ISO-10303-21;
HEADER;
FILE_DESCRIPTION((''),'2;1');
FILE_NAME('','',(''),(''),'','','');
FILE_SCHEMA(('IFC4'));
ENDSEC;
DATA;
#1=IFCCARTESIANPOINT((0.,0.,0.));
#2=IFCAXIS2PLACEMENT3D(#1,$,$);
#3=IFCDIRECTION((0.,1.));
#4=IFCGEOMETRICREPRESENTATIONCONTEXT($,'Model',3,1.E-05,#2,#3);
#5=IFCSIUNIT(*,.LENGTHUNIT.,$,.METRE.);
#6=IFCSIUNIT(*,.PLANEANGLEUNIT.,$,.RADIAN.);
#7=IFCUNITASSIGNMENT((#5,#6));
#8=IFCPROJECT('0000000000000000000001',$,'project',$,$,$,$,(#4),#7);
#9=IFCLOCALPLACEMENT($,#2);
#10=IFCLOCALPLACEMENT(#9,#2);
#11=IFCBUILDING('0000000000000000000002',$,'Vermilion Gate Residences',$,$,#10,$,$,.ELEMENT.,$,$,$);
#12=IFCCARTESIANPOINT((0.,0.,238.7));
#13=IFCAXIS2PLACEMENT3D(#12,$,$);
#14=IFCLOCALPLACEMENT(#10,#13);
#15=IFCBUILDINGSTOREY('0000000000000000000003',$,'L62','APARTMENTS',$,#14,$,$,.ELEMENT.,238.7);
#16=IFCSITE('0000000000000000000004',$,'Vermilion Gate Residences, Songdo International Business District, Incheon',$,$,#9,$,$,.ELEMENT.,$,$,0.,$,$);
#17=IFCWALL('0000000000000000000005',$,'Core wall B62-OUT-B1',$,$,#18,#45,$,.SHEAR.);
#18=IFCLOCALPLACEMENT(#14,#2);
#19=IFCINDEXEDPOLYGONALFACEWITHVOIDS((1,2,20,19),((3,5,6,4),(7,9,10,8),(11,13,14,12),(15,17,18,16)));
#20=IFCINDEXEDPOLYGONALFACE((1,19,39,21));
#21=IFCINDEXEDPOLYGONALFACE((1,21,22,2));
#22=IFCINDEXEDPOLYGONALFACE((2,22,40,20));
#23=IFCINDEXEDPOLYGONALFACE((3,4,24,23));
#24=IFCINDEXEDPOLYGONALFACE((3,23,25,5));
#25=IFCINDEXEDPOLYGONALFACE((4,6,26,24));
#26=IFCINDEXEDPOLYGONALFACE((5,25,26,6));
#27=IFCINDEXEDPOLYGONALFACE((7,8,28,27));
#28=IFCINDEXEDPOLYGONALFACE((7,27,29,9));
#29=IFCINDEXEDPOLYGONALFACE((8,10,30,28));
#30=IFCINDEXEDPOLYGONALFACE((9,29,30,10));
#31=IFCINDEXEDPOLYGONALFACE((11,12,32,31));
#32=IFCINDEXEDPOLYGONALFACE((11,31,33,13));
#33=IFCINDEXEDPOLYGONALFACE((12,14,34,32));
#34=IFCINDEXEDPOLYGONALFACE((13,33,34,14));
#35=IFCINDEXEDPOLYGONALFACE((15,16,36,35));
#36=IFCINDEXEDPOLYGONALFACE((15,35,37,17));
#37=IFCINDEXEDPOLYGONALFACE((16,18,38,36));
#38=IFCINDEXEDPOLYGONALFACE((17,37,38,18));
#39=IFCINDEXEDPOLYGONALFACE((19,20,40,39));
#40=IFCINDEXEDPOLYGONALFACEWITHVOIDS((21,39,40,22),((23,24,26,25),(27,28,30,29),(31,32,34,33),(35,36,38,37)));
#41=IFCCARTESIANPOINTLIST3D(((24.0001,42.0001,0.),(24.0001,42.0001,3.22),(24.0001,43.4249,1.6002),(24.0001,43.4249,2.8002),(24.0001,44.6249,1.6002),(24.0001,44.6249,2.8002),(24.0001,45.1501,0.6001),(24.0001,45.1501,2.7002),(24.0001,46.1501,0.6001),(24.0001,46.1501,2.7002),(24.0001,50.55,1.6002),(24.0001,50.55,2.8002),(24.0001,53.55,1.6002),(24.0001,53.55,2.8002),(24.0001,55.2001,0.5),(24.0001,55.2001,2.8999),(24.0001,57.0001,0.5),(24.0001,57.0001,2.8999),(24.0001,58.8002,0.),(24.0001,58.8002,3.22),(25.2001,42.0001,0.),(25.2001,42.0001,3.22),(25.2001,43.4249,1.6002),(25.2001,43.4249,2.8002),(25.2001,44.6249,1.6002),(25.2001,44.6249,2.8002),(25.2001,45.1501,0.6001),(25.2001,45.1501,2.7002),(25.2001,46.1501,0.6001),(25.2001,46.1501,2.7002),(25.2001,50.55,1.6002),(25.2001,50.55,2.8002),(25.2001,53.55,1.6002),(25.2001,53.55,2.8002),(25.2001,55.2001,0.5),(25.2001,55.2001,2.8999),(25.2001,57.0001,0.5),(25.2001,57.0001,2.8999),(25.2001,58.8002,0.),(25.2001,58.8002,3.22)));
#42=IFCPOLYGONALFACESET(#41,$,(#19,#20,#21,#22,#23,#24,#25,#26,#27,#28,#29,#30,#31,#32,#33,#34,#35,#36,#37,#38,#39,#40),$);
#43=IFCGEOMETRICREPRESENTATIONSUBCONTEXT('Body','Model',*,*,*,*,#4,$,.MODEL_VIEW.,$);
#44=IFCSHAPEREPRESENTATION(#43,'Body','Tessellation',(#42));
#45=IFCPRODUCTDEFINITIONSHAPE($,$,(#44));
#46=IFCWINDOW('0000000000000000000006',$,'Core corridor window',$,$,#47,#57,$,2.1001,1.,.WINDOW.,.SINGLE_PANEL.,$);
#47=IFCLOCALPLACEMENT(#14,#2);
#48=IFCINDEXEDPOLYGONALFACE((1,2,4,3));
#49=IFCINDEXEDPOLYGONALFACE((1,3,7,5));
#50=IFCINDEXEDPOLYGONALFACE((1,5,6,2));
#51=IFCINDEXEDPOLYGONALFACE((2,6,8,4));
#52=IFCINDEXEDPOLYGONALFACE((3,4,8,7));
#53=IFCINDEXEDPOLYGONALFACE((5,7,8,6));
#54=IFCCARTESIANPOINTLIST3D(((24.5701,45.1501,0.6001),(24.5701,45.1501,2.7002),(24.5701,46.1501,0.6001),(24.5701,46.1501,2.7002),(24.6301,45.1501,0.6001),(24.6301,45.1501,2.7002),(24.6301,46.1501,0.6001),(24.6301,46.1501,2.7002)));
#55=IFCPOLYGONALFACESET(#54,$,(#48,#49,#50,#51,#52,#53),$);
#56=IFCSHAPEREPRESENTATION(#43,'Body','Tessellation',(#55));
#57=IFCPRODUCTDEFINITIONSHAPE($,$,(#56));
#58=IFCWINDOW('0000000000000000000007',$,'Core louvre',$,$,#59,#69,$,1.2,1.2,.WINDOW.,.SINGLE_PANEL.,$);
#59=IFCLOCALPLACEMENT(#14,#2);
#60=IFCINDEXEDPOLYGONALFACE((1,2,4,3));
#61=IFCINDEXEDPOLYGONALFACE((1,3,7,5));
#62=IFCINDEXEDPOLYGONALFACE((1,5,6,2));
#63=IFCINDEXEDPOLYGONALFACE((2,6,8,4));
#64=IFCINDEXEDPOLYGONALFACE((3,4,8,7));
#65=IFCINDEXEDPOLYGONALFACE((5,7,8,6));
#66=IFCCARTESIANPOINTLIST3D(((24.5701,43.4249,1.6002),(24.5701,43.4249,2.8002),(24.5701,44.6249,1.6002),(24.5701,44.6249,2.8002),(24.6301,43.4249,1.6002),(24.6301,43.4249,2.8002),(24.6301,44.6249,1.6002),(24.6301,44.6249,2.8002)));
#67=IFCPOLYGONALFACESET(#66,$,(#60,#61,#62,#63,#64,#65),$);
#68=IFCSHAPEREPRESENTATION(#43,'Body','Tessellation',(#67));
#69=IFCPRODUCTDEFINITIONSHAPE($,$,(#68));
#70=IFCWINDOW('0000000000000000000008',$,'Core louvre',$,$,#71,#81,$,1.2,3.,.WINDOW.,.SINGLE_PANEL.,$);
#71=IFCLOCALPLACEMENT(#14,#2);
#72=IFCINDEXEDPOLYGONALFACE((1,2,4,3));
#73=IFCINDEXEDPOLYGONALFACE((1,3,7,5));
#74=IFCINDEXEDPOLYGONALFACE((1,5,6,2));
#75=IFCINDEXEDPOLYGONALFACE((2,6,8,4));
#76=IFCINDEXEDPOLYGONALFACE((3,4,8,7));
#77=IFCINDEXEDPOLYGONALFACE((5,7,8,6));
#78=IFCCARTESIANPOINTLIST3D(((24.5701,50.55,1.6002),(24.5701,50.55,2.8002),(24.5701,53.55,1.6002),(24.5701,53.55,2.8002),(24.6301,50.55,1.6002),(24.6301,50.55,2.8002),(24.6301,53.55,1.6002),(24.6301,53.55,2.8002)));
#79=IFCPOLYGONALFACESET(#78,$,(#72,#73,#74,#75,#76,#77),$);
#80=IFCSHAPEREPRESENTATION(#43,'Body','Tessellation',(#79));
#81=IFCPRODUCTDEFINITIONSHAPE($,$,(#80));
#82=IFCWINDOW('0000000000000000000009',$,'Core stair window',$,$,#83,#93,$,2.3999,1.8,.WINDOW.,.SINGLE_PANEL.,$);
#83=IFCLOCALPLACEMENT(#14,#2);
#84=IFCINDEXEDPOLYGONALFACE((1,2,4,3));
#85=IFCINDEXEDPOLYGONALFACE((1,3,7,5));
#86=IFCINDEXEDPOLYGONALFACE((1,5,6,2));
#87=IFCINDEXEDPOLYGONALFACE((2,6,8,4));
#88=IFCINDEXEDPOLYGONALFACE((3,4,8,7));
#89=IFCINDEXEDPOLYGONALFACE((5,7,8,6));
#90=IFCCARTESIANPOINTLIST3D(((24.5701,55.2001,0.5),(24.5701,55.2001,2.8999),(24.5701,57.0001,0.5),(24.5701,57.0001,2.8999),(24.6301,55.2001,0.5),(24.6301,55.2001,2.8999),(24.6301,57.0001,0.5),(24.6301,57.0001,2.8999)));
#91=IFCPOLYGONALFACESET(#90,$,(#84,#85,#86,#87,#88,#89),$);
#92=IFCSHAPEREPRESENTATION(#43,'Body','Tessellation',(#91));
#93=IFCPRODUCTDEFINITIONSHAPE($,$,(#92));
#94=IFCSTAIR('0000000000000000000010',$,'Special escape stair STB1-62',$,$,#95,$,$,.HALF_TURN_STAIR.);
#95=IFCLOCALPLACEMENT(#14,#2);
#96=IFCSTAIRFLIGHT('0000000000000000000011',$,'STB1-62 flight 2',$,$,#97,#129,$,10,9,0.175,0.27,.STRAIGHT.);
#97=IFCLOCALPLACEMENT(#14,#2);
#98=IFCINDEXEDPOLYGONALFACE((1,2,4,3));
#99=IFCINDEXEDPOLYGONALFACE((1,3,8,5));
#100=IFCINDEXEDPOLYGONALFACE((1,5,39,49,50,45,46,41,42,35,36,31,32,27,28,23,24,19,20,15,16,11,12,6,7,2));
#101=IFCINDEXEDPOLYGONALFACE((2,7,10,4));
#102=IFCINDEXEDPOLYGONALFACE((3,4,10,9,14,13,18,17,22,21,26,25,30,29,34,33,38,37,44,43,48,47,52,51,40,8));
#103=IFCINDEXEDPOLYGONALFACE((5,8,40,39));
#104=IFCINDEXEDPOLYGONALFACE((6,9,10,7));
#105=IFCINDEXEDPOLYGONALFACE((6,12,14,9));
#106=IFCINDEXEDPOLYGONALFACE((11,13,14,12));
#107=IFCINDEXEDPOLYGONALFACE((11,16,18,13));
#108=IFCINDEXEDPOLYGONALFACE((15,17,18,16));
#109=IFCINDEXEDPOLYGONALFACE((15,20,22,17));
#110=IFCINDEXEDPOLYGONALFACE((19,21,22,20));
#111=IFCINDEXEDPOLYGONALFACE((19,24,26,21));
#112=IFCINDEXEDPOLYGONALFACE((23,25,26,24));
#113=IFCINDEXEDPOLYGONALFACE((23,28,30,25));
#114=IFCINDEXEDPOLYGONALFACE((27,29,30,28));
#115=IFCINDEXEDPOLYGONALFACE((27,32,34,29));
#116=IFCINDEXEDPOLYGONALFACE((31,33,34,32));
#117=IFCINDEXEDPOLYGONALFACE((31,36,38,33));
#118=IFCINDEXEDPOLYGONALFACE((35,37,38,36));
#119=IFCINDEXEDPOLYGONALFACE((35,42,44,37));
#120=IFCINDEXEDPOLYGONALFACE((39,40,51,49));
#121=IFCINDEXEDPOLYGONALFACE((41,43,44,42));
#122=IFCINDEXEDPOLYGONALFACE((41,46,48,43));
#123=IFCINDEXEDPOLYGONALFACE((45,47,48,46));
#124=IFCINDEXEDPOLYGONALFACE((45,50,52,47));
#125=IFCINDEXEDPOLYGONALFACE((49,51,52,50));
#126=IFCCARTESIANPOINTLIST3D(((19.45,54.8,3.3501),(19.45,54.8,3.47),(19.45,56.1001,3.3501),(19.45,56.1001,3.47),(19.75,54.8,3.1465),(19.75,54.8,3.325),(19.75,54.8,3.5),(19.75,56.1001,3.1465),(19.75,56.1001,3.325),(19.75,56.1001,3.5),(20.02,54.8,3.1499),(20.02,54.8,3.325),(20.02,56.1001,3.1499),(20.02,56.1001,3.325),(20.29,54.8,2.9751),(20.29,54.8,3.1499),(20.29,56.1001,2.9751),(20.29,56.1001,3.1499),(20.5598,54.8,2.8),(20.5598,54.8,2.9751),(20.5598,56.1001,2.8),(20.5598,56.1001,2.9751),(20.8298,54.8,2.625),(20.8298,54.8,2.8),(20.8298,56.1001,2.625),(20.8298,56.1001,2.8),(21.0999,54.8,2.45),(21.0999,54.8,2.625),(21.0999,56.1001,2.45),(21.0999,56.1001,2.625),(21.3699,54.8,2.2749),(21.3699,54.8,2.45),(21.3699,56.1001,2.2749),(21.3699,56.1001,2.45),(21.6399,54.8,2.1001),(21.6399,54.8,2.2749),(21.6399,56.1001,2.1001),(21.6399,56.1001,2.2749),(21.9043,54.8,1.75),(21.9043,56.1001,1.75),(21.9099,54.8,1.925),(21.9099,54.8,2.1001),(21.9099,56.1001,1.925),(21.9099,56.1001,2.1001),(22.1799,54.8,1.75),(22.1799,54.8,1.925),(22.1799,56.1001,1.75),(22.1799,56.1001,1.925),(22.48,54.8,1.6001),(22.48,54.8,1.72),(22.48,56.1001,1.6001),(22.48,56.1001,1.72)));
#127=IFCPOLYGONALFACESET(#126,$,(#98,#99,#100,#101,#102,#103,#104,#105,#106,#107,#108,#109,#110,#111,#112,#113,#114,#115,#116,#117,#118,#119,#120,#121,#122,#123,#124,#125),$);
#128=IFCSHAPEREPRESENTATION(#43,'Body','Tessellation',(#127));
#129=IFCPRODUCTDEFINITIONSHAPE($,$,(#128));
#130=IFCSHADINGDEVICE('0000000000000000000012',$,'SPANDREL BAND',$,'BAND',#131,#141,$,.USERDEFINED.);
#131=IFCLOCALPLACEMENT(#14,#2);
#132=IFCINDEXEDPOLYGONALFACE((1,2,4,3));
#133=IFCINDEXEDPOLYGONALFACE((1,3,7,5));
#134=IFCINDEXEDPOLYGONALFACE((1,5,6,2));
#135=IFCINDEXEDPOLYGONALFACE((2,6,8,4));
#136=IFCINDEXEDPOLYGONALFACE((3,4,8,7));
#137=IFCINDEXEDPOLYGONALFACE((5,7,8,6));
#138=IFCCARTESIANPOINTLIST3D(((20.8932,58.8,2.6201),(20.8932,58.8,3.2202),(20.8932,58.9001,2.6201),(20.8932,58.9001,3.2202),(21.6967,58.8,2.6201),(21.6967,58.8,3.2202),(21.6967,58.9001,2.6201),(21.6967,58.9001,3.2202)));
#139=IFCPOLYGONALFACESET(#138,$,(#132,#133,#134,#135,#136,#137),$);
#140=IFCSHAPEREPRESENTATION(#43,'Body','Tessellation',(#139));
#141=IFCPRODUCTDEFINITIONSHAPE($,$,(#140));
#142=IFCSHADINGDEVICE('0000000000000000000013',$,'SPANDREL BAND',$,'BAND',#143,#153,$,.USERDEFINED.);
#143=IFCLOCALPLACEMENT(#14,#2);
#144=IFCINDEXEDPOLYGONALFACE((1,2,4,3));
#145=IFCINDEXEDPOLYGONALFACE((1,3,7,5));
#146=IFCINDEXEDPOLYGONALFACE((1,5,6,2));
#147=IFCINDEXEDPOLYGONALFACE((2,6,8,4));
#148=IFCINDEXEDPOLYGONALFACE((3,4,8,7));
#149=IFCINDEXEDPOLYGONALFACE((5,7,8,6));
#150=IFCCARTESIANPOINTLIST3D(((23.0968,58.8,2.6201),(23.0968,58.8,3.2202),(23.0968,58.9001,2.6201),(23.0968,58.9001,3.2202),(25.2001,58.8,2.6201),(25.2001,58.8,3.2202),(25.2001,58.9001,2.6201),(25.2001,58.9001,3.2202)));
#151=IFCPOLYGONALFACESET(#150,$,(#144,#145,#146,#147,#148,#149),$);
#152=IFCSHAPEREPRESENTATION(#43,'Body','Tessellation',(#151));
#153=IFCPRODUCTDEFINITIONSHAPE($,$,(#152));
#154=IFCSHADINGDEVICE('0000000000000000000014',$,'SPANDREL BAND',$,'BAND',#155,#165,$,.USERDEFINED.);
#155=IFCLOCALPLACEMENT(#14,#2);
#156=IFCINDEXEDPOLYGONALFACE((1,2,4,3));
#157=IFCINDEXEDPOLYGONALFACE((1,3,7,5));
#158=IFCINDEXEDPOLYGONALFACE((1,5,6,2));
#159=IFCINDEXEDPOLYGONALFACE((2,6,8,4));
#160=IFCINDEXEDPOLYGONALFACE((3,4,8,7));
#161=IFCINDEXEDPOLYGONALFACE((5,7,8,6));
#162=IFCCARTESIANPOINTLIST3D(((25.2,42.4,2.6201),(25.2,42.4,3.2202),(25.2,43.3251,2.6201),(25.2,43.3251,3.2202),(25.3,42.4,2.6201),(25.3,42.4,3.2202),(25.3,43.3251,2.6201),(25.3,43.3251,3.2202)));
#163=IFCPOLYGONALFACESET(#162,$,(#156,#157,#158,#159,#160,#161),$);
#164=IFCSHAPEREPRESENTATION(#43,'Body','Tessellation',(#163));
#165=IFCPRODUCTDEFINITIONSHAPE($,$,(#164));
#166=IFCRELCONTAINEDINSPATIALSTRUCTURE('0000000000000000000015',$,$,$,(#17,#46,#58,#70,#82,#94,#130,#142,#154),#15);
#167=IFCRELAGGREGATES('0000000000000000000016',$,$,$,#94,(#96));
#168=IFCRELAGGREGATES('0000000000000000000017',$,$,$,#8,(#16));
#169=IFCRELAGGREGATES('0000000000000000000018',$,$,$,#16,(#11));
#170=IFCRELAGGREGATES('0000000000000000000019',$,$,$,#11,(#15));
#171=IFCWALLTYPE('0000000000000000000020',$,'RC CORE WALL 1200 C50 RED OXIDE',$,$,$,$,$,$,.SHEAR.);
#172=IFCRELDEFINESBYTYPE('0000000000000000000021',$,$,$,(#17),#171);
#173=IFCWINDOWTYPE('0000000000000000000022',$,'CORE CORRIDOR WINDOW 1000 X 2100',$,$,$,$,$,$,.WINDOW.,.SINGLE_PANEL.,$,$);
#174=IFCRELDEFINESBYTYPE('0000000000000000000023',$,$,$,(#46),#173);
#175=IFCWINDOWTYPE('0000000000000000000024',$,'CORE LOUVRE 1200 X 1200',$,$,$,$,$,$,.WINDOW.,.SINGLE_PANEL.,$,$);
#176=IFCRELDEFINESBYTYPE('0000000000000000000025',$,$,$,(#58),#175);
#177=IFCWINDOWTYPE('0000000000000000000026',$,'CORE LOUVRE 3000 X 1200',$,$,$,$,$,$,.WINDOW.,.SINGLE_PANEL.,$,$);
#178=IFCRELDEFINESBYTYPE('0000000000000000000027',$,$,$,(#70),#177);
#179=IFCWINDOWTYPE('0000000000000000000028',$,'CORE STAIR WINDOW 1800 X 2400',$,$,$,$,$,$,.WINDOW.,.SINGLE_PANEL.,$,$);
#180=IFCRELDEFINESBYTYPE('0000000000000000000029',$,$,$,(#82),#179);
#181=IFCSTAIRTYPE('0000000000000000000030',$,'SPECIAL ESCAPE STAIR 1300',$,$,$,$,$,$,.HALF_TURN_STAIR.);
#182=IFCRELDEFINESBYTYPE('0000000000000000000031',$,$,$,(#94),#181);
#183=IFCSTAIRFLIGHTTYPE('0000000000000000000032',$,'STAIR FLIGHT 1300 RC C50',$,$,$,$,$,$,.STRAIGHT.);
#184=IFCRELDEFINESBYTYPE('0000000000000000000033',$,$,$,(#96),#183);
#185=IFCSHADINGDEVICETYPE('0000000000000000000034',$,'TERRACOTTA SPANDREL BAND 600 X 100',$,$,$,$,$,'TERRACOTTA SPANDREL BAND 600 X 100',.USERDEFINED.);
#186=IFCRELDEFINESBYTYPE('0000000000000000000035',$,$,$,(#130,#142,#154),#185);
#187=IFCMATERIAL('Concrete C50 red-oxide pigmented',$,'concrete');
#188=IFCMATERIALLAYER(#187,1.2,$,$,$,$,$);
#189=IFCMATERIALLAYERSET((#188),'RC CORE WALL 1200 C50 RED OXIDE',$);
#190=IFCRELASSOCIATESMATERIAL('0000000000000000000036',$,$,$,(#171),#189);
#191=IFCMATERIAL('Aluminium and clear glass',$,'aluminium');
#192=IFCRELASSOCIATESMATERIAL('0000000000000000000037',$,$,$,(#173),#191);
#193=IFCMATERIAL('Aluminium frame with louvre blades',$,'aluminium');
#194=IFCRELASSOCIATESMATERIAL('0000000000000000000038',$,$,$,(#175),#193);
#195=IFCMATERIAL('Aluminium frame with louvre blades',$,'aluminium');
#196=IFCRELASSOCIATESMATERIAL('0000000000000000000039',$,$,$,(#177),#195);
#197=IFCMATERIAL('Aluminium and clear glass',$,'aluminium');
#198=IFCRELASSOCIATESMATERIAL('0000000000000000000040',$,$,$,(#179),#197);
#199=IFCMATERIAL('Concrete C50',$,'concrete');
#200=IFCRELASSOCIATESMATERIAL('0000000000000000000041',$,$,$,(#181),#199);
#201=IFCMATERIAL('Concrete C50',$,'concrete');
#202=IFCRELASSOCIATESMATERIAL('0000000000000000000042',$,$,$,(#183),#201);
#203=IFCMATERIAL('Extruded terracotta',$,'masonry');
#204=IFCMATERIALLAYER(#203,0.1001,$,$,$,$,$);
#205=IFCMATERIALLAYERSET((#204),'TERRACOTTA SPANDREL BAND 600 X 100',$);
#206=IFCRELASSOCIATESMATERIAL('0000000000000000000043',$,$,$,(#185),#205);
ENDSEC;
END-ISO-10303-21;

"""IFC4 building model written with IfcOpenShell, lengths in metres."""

from ifc_helpers import new_model, si_unit, direction, frame, frame_2d, origin, origin_2d, place, context, subcontext, project, spatial, polyline, rectangle, outline, extrude, material, layer, layer_set, type_object, element, fill, aggregate, save


model = new_model("IFC4")

# Units and contexts
model_context = context("Model", 3, precision=1e-05, world=origin(), true_north=direction((0.0, 1.0)))
body_context = subcontext(model_context, "Body", "Model", "MODEL_VIEW")
ifc_project = project(units=[si_unit("LENGTHUNIT", "METRE"), si_unit("PLANEANGLEUNIT", "RADIAN")], contexts=[model_context])

# Site, building, storey
site_placement = place(None, origin())
site = spatial("IfcSite", under=ifc_project, at=site_placement, Name="Vermilion Gate Residences, Songdo International Business District, Incheon", CompositionType="ELEMENT", RefElevation=0.0)
building_placement = place(site_placement, origin())
building = spatial("IfcBuilding", under=site, at=building_placement, Name="Vermilion Gate Residences", CompositionType="ELEMENT")
storey_placement = place(building_placement, frame((0.0, 0.0, 238.7)))
storey = spatial("IfcBuildingStorey", under=building, at=storey_placement, Name="L62", Description="APARTMENTS", CompositionType="ELEMENT", Elevation=238.7)

# Wall, openings, windows
ifc_material_1 = material(Name="Concrete C50 red-oxide pigmented", Category="concrete")
ifc_layer_1 = layer(ifc_material_1, 1.2)
ifc_layer_set_1 = layer_set([ifc_layer_1], Name="RC CORE WALL 1200 C50 RED OXIDE")
wall_type_1 = type_object("IfcWallType", Name="RC CORE WALL 1200 C50 RED OXIDE", PredefinedType="SHEAR", material=ifc_layer_set_1)
wall_1_placement = place(storey_placement, frame((24.6001, 58.8, 0.0), z_axis=(0.0, 0.0, 1.0), x_axis=(0.0, -1.0, 0.0)))
wall_1 = element("IfcWall", 1, at=wall_1_placement, inside=storey, type_object=wall_type_1, Name="Core wall B62-OUT-B1", PredefinedType="SHEAR", context=body_context, shape_type="SweptSolid", body=[
    extrude(rectangle(XDim=16.8, YDim=1.2, at=frame_2d((8.3999, 0.0))), origin(), (0.0, 0.0, 1.0), 3.22),
])
opening_1_placement = place(wall_1_placement, frame((1.8, 0.0, 0.5)))
opening_1 = element("IfcOpeningElement", 2, at=opening_1_placement, cuts=wall_1, PredefinedType="OPENING", context=body_context, shape_type="SweptSolid", body=[
    extrude(rectangle(XDim=1.8, YDim=2.3999, at=frame_2d((0.8999, 1.2))), frame((0.0, 0.6099, 0.0), z_axis=(0.0, -1.0, 0.0), x_axis=(1.0, 0.0, 0.0)), (0.0, 0.0, 1.0), 1.22),
])
opening_2_placement = place(wall_1_placement, frame((5.25, 0.0, 1.6001)))
opening_2 = element("IfcOpeningElement", 3, at=opening_2_placement, cuts=wall_1, PredefinedType="OPENING", context=body_context, shape_type="SweptSolid", body=[
    extrude(rectangle(XDim=3.0, YDim=1.2, at=frame_2d((1.5, 0.6001))), frame((0.0, 0.6099, 0.0), z_axis=(0.0, -1.0, 0.0), x_axis=(1.0, 0.0, 0.0)), (0.0, 0.0, 1.0), 1.22),
])
opening_3_placement = place(wall_1_placement, frame((12.6499, 0.0, 0.6001)))
opening_3 = element("IfcOpeningElement", 4, at=opening_3_placement, cuts=wall_1, PredefinedType="OPENING", context=body_context, shape_type="SweptSolid", body=[
    extrude(rectangle(XDim=1.0, YDim=2.1001, at=frame_2d((0.5, 1.05))), frame((0.0, 0.6099, 0.0), z_axis=(0.0, -1.0, 0.0), x_axis=(1.0, 0.0, 0.0)), (0.0, 0.0, 1.0), 1.22),
])
opening_4_placement = place(wall_1_placement, frame((14.175, 0.0, 1.6001)))
opening_4 = element("IfcOpeningElement", 5, at=opening_4_placement, cuts=wall_1, PredefinedType="OPENING", context=body_context, shape_type="SweptSolid", body=[
    extrude(rectangle(XDim=1.2, YDim=1.2, at=frame_2d((0.6001, 0.6001))), frame((0.0, 0.6099, 0.0), z_axis=(0.0, -1.0, 0.0), x_axis=(1.0, 0.0, 0.0)), (0.0, 0.0, 1.0), 1.22),
])
ifc_material_2 = material(Name="Aluminium and clear glass", Category="aluminium")
window_type_1 = type_object("IfcWindowType", Name="CORE CORRIDOR WINDOW 1000 X 2100", PartitioningType="SINGLE_PANEL", PredefinedType="WINDOW", material=ifc_material_2)
window_1_placement = place(opening_3_placement, origin())
window_1 = element("IfcWindow", 6, at=window_1_placement, inside=storey, type_object=window_type_1, Name="Core corridor window", OverallHeight=2.1001, OverallWidth=1.0, PartitioningType="SINGLE_PANEL", PredefinedType="WINDOW", context=body_context, shape_type="SweptSolid", body=[
    extrude(rectangle(XDim=1.0, YDim=2.1001, at=frame_2d((0.5, 1.05))), frame((0.0, 0.03, 0.0), z_axis=(0.0, -1.0, 0.0), x_axis=(1.0, 0.0, 0.0)), (0.0, 0.0, 1.0), 0.0601),
])
fill(opening_3, window_1)
ifc_material_3 = material(Name="Aluminium frame with louvre blades", Category="aluminium")
window_type_2 = type_object("IfcWindowType", Name="CORE LOUVRE 1200 X 1200", PartitioningType="SINGLE_PANEL", PredefinedType="WINDOW", material=ifc_material_3)
window_2_placement = place(opening_4_placement, origin())
window_2 = element("IfcWindow", 7, at=window_2_placement, inside=storey, type_object=window_type_2, Name="Core louvre", OverallHeight=1.2, OverallWidth=1.2, PartitioningType="SINGLE_PANEL", PredefinedType="WINDOW", context=body_context, shape_type="SweptSolid", body=[
    extrude(rectangle(XDim=1.2, YDim=1.2, at=frame_2d((0.6001, 0.6001))), frame((0.0, 0.03, 0.0), z_axis=(0.0, -1.0, 0.0), x_axis=(1.0, 0.0, 0.0)), (0.0, 0.0, 1.0), 0.0601),
])
fill(opening_4, window_2)
ifc_material_4 = material(Name="Aluminium frame with louvre blades", Category="aluminium")
window_type_3 = type_object("IfcWindowType", Name="CORE LOUVRE 3000 X 1200", PartitioningType="SINGLE_PANEL", PredefinedType="WINDOW", material=ifc_material_4)
window_3_placement = place(opening_2_placement, origin())
window_3 = element("IfcWindow", 8, at=window_3_placement, inside=storey, type_object=window_type_3, Name="Core louvre", OverallHeight=1.2, OverallWidth=3.0, PartitioningType="SINGLE_PANEL", PredefinedType="WINDOW", context=body_context, shape_type="SweptSolid", body=[
    extrude(rectangle(XDim=3.0, YDim=1.2, at=frame_2d((1.5, 0.6001))), frame((0.0, 0.03, 0.0), z_axis=(0.0, -1.0, 0.0), x_axis=(1.0, 0.0, 0.0)), (0.0, 0.0, 1.0), 0.0601),
])
fill(opening_2, window_3)
ifc_material_5 = material(Name="Aluminium and clear glass", Category="aluminium")
window_type_4 = type_object("IfcWindowType", Name="CORE STAIR WINDOW 1800 X 2400", PartitioningType="SINGLE_PANEL", PredefinedType="WINDOW", material=ifc_material_5)
window_4_placement = place(opening_1_placement, origin())
window_4 = element("IfcWindow", 9, at=window_4_placement, inside=storey, type_object=window_type_4, Name="Core stair window", OverallHeight=2.3999, OverallWidth=1.8, PartitioningType="SINGLE_PANEL", PredefinedType="WINDOW", context=body_context, shape_type="SweptSolid", body=[
    extrude(rectangle(XDim=1.8, YDim=2.3999, at=frame_2d((0.8999, 1.2))), frame((0.0, 0.03, 0.0), z_axis=(0.0, -1.0, 0.0), x_axis=(1.0, 0.0, 0.0)), (0.0, 0.0, 1.0), 0.0601),
])
fill(opening_1, window_4)

# Stair, stair flight
ifc_material_6 = material(Name="Concrete C50", Category="concrete")
stair_type = type_object("IfcStairType", Name="SPECIAL ESCAPE STAIR 1300", PredefinedType="HALF_TURN_STAIR", material=ifc_material_6)
stair_placement = place(storey_placement, origin())
stair = element("IfcStair", 10, at=stair_placement, inside=storey, type_object=stair_type, Name="Special escape stair STB1-62", PredefinedType="HALF_TURN_STAIR")
ifc_material_7 = material(Name="Concrete C50", Category="concrete")
stair_flight_type = type_object("IfcStairFlightType", Name="STAIR FLIGHT 1300 RC C50", PredefinedType="STRAIGHT", material=ifc_material_7)
stair_flight_placement = place(storey_placement, frame((22.1799, 55.45, 1.75), z_axis=(0.0, 0.0, 1.0), x_axis=(-1.0, 0.0, 0.0)))
stair_flight = element("IfcStairFlight", 11, at=stair_flight_placement, type_object=stair_flight_type, Name="STB1-62 flight 2", NumberOfRisers=10, NumberOfTreads=9, PredefinedType="STRAIGHT", RiserHeight=0.175, TreadLength=0.27, context=body_context, shape_type="SweptSolid", body=[
    extrude(outline(polyline([(-0.3, -0.1499), (-0.3, -0.03), (0.0, 0.0), (0.0, 0.175), (0.27, 0.175), (0.27, 0.3501), (0.54, 0.3501), (0.54, 0.5249), (0.8101, 0.5249), (0.8101, 0.7), (1.0801, 0.7), (1.0801, 0.875), (1.3501, 0.875), (1.3501, 1.05), (1.6201, 1.05), (1.6201, 1.2251), (1.8899, 1.2251), (1.8899, 1.3999), (2.1599, 1.3999), (2.1599, 1.575), (2.4299, 1.575), (2.4299, 1.75), (2.73, 1.72), (2.73, 1.6001), (2.4299, 1.3965), (0.2756, 0.0), (-0.3, -0.1499)])), frame((0.0, 0.6499, 0.0), z_axis=(0.0, -1.0, 0.0), x_axis=(1.0, 0.0, 0.0)), (0.0, 0.0, 1.0), 1.3),
])
aggregate(stair, [stair_flight])

# Shading devices
ifc_material_8 = material(Name="Extruded terracotta", Category="masonry")
ifc_layer_2 = layer(ifc_material_8, 0.1001)
ifc_layer_set_2 = layer_set([ifc_layer_2], Name="TERRACOTTA SPANDREL BAND 600 X 100")
shading_device_type = type_object("IfcShadingDeviceType", Name="TERRACOTTA SPANDREL BAND 600 X 100", ElementType="TERRACOTTA SPANDREL BAND 600 X 100", PredefinedType="USERDEFINED", material=ifc_layer_set_2)
shading_device_1_placement = place(storey_placement, frame((21.2949, 58.8501, 2.6201), z_axis=(0.0, 0.0, 1.0), x_axis=(1.0, 0.0, 0.0)))
element("IfcShadingDevice", 12, at=shading_device_1_placement, inside=storey, type_object=shading_device_type, Name="SPANDREL BAND", ObjectType="BAND", PredefinedType="USERDEFINED", context=body_context, shape_type="SweptSolid", body=[
    extrude(rectangle(XDim=0.8035, YDim=0.1001, at=origin_2d()), origin(), (0.0, 0.0, 1.0), 0.6001),
])
shading_device_2_placement = place(storey_placement, frame((24.1484, 58.8501, 2.6201), z_axis=(0.0, 0.0, 1.0), x_axis=(1.0, 0.0, 0.0)))
element("IfcShadingDevice", 13, at=shading_device_2_placement, inside=storey, type_object=shading_device_type, Name="SPANDREL BAND", ObjectType="BAND", PredefinedType="USERDEFINED", context=body_context, shape_type="SweptSolid", body=[
    extrude(rectangle(XDim=2.1033, YDim=0.1001, at=origin_2d()), origin(), (0.0, 0.0, 1.0), 0.6001),
])
shading_device_3_placement = place(storey_placement, frame((25.25, 42.8625, 2.6201), z_axis=(0.0, 0.0, 1.0), x_axis=(0.0, 1.0, 0.0)))
element("IfcShadingDevice", 14, at=shading_device_3_placement, inside=storey, type_object=shading_device_type, Name="SPANDREL BAND", ObjectType="BAND", PredefinedType="USERDEFINED", context=body_context, shape_type="SweptSolid", body=[
    extrude(rectangle(XDim=0.925, YDim=0.1001, at=origin_2d()), origin(), (0.0, 0.0, 1.0), 0.6001),
])

save(model, "model.ifc")
